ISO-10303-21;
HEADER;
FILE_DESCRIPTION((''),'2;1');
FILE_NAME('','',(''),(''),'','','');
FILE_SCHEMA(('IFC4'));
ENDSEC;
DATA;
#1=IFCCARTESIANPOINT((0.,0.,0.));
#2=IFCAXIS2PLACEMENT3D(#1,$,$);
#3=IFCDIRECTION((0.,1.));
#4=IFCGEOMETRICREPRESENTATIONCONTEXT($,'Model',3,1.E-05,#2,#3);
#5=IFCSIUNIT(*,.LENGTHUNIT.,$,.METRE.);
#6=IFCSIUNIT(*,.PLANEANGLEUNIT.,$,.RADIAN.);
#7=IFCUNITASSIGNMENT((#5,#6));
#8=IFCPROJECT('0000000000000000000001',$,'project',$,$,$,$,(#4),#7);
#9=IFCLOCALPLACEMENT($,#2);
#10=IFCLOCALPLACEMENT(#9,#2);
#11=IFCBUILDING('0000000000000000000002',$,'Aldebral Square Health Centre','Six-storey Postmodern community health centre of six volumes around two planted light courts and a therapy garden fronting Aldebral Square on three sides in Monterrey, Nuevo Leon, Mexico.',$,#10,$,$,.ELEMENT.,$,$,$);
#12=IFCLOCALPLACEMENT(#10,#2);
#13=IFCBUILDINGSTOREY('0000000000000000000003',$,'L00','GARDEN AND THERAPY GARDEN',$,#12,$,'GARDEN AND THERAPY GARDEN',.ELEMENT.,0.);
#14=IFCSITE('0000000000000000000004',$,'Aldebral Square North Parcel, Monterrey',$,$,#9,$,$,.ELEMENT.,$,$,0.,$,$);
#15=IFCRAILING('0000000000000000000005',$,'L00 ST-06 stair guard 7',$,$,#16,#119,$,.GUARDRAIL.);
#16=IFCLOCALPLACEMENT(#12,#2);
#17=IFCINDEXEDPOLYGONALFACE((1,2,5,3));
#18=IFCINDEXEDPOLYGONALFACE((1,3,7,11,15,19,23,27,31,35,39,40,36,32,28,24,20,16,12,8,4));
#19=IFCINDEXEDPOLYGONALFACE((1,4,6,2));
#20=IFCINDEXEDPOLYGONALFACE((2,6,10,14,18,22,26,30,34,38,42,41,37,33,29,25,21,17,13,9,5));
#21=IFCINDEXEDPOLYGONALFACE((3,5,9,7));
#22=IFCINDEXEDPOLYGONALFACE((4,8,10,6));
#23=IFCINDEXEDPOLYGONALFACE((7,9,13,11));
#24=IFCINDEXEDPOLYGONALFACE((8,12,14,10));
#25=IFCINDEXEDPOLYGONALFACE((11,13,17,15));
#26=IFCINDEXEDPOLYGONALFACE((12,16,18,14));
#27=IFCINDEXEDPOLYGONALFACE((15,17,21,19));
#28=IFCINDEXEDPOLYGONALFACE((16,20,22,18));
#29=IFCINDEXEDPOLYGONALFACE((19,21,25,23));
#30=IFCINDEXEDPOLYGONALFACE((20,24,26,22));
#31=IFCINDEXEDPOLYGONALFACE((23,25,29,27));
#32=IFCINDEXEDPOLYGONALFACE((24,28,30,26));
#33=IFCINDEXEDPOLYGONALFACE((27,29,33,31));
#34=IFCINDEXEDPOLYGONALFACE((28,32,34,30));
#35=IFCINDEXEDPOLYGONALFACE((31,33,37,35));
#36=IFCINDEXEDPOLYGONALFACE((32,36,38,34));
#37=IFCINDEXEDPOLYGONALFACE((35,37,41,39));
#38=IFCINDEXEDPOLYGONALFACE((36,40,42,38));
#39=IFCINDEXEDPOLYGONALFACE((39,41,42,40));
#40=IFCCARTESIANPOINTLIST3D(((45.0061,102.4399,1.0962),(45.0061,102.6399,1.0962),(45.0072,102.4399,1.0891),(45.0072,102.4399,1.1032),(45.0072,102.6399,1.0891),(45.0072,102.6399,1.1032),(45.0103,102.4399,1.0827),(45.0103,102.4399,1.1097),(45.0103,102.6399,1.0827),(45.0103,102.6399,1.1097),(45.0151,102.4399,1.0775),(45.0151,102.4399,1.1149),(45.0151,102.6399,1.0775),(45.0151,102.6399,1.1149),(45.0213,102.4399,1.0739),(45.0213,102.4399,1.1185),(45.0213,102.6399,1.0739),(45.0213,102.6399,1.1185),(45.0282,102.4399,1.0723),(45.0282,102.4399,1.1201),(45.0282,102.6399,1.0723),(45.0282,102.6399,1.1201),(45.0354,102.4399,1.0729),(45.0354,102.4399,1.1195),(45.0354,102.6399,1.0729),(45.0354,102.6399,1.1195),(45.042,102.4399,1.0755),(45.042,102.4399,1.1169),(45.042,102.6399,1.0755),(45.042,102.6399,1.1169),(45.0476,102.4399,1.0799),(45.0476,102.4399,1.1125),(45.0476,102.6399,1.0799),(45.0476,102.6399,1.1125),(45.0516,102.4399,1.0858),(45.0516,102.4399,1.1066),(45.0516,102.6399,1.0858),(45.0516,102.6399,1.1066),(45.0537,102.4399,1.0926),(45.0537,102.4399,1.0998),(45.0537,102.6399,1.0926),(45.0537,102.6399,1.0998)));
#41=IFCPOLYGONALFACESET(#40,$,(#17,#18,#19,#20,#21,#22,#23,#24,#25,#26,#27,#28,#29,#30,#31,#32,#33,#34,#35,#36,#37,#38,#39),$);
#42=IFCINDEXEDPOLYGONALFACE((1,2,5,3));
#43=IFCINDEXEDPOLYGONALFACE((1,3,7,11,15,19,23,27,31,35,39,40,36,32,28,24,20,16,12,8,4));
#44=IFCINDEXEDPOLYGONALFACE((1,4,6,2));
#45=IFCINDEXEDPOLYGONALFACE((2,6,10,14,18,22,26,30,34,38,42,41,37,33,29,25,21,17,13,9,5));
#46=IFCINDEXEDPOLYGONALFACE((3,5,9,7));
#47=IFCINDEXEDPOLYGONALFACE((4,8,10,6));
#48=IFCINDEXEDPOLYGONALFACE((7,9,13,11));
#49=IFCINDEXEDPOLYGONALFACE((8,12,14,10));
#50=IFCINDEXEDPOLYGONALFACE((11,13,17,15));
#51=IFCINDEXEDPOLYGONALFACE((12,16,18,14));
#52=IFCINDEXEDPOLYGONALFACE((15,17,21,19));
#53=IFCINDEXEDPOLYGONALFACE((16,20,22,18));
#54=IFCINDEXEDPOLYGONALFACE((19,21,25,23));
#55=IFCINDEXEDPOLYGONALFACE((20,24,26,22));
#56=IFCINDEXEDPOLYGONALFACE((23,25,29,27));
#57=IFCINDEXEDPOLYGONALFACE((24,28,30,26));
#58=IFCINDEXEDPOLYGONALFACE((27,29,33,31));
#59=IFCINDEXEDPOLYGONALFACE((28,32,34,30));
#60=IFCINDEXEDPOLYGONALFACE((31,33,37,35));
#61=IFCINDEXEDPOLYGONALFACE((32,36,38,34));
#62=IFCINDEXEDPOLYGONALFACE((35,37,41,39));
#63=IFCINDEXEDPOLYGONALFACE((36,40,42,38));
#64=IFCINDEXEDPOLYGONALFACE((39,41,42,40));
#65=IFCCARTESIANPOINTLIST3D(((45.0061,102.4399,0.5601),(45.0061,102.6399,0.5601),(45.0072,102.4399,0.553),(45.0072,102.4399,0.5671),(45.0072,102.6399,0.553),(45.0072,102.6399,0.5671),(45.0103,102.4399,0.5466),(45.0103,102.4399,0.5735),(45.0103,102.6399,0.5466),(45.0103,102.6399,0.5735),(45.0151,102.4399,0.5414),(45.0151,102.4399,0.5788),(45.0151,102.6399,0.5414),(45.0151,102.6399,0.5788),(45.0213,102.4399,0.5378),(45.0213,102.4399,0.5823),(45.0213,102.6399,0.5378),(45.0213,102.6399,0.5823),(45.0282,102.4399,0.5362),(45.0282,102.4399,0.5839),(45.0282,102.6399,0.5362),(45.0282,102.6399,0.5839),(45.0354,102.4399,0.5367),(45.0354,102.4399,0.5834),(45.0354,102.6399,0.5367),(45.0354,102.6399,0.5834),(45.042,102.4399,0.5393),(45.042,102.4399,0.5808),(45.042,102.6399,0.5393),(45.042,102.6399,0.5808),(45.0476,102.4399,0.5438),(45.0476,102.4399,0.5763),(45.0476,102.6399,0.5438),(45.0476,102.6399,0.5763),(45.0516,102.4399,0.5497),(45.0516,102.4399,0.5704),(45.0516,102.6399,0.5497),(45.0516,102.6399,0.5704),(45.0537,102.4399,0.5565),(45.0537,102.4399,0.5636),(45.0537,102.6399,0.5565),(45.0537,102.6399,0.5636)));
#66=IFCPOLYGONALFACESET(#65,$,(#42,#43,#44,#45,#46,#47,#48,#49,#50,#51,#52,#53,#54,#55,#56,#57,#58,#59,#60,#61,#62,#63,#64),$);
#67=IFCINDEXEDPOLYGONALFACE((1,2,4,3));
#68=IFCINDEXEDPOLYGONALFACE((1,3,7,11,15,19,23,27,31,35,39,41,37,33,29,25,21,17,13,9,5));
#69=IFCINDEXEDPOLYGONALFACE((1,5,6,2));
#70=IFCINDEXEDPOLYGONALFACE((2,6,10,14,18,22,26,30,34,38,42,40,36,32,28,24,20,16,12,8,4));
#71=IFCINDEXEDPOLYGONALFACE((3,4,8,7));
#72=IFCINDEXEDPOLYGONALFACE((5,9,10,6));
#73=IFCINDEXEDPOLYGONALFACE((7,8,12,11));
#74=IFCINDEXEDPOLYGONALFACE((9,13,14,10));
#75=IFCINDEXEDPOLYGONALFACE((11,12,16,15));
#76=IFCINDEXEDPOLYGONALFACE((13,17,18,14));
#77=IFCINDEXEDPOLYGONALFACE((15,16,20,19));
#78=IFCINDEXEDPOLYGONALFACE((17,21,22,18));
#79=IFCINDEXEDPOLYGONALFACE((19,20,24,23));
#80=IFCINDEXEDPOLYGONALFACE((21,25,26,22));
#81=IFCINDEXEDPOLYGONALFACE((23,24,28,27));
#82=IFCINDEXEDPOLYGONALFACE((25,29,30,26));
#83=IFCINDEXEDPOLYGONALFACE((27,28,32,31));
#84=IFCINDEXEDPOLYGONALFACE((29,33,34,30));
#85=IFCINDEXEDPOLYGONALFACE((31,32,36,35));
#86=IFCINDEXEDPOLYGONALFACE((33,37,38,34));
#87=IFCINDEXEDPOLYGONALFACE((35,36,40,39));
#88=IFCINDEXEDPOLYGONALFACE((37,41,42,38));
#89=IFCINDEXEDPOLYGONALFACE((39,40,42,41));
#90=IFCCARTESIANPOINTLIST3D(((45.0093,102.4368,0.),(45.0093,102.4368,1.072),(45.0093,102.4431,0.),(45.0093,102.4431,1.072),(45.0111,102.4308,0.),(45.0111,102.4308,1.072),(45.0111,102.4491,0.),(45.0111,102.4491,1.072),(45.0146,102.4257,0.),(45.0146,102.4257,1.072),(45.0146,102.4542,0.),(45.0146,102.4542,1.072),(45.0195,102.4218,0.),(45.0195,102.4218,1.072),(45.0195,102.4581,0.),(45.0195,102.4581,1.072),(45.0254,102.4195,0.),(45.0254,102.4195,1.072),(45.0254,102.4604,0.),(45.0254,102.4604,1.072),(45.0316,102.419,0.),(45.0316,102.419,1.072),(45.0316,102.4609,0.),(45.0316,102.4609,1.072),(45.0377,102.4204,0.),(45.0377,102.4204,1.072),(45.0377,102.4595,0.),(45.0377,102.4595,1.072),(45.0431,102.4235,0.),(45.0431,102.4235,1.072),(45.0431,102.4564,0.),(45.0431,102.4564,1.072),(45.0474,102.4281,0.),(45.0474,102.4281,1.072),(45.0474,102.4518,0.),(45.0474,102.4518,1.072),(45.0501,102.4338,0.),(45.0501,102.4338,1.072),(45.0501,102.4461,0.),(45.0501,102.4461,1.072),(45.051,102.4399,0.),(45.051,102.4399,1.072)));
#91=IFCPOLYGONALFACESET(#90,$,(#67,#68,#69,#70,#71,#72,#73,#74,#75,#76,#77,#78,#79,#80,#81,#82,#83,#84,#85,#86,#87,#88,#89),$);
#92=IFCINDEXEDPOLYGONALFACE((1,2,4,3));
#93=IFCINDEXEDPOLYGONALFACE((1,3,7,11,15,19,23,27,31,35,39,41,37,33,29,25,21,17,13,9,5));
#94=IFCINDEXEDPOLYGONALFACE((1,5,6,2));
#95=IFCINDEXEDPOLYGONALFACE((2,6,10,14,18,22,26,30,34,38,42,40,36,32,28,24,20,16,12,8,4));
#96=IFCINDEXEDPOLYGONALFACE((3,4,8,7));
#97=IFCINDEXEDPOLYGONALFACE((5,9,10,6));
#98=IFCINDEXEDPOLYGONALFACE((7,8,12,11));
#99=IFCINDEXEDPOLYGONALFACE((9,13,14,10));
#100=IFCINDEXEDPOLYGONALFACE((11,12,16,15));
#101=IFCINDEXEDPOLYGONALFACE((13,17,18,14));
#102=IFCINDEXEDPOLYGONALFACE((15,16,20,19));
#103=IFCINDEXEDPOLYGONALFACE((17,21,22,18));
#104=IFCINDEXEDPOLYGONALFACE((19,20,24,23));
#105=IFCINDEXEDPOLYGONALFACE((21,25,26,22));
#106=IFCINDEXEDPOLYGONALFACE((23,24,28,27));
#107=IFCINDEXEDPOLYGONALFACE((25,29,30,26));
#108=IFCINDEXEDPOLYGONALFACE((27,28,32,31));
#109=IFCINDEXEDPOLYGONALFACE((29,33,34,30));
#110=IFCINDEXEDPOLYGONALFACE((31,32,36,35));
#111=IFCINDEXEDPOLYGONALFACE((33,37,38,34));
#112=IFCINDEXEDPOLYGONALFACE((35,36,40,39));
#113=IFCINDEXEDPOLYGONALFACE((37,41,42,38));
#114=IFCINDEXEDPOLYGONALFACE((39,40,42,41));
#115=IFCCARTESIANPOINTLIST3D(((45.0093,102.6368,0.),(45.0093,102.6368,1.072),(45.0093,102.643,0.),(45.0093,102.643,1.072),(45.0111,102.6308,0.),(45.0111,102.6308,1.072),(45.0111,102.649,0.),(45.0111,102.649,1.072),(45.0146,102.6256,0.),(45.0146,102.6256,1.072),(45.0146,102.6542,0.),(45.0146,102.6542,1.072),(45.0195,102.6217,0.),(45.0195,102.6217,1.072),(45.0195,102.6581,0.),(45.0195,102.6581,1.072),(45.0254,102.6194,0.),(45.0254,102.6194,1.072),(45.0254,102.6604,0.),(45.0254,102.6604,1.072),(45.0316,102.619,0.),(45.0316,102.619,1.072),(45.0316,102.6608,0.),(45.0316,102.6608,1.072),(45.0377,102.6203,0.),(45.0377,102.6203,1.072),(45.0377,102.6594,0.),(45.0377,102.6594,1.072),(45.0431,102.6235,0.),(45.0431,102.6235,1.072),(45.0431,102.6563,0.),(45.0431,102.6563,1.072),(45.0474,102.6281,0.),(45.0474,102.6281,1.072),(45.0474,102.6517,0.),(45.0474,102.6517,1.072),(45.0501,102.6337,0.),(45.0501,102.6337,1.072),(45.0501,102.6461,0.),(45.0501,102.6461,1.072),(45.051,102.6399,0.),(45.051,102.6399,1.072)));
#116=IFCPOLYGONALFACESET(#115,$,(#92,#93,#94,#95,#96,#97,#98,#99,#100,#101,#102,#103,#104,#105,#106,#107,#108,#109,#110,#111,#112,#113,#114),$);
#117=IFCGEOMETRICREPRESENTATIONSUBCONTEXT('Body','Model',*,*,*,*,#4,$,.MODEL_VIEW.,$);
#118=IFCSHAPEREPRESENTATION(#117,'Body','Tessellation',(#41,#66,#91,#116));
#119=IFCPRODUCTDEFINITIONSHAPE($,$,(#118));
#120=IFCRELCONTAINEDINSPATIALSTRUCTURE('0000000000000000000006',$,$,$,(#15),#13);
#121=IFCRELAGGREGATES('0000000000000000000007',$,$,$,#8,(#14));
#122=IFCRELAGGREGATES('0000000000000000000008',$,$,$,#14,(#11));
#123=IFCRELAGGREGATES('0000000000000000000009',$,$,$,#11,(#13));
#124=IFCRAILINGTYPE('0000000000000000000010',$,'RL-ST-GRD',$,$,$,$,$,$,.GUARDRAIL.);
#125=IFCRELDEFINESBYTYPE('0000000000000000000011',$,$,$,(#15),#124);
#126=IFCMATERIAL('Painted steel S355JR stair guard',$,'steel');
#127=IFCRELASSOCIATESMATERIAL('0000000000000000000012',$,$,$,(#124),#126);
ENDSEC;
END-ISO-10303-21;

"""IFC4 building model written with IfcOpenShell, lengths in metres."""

from ifc_helpers import new_model, si_unit, direction, frame, origin, origin_2d, place, context, subcontext, project, spatial, circle, extrude, material, type_object, element, save


model = new_model("IFC4")

# Units and contexts
model_context = context("Model", 3, precision=1e-05, world=origin(), true_north=direction((0.0, 1.0)))
body_context = subcontext(model_context, "Body", "Model", "MODEL_VIEW")
ifc_project = project(units=[si_unit("LENGTHUNIT", "METRE"), si_unit("PLANEANGLEUNIT", "RADIAN")], contexts=[model_context])

# Site, building, storey
site_placement = place(None, origin())
site = spatial("IfcSite", under=ifc_project, at=site_placement, Name="Aldebral Square North Parcel, Monterrey", CompositionType="ELEMENT", RefElevation=0.0)
building_placement = place(site_placement, origin())
building = spatial("IfcBuilding", under=site, at=building_placement, Name="Aldebral Square Health Centre", Description="Six-storey Postmodern community health centre of six volumes around two planted light courts and a therapy garden fronting Aldebral Square on three sides in Monterrey, Nuevo Leon, Mexico.", CompositionType="ELEMENT")
storey_placement = place(building_placement, origin())
storey = spatial("IfcBuildingStorey", under=building, at=storey_placement, Name="L00", Description="GARDEN AND THERAPY GARDEN", LongName="GARDEN AND THERAPY GARDEN", CompositionType="ELEMENT", Elevation=0.0)

# Railing
ifc_material_1 = material(Name="Painted steel S355JR stair guard", Category="steel")
railing_type_1 = type_object("IfcRailingType", Name="RL-ST-GRD", PredefinedType="GUARDRAIL", material=ifc_material_1)
railing_1_placement = place(storey_placement, frame((45.03, 102.4399, 0.0)))
element("IfcRailing", 1, at=railing_1_placement, inside=storey, type_object=railing_type_1, Name="L00 ST-06 stair guard 7", PredefinedType="GUARDRAIL", context=body_context, shape_type="SweptSolid", body=[
    extrude(circle(Radius=0.0239, at=origin_2d()), frame((0.0, 0.0, 1.0962), z_axis=(0.0, 1.0, 0.0), x_axis=(-1.0, 0.0, 0.0)), (0.0, 0.0, 1.0), 0.2),
    extrude(circle(Radius=0.0239, at=origin_2d()), frame((0.0, 0.0, 0.5601), z_axis=(0.0, 1.0, 0.0), x_axis=(-1.0, 0.0, 0.0)), (0.0, 0.0, 1.0), 0.2),
    extrude(circle(Radius=0.021, at=origin_2d()), origin(), (0.0, 0.0, 1.0), 1.072),
    extrude(circle(Radius=0.021, at=origin_2d()), frame((0.0, 0.2, 0.0)), (0.0, 0.0, 1.0), 1.072),
])

save(model, "model.ifc")
